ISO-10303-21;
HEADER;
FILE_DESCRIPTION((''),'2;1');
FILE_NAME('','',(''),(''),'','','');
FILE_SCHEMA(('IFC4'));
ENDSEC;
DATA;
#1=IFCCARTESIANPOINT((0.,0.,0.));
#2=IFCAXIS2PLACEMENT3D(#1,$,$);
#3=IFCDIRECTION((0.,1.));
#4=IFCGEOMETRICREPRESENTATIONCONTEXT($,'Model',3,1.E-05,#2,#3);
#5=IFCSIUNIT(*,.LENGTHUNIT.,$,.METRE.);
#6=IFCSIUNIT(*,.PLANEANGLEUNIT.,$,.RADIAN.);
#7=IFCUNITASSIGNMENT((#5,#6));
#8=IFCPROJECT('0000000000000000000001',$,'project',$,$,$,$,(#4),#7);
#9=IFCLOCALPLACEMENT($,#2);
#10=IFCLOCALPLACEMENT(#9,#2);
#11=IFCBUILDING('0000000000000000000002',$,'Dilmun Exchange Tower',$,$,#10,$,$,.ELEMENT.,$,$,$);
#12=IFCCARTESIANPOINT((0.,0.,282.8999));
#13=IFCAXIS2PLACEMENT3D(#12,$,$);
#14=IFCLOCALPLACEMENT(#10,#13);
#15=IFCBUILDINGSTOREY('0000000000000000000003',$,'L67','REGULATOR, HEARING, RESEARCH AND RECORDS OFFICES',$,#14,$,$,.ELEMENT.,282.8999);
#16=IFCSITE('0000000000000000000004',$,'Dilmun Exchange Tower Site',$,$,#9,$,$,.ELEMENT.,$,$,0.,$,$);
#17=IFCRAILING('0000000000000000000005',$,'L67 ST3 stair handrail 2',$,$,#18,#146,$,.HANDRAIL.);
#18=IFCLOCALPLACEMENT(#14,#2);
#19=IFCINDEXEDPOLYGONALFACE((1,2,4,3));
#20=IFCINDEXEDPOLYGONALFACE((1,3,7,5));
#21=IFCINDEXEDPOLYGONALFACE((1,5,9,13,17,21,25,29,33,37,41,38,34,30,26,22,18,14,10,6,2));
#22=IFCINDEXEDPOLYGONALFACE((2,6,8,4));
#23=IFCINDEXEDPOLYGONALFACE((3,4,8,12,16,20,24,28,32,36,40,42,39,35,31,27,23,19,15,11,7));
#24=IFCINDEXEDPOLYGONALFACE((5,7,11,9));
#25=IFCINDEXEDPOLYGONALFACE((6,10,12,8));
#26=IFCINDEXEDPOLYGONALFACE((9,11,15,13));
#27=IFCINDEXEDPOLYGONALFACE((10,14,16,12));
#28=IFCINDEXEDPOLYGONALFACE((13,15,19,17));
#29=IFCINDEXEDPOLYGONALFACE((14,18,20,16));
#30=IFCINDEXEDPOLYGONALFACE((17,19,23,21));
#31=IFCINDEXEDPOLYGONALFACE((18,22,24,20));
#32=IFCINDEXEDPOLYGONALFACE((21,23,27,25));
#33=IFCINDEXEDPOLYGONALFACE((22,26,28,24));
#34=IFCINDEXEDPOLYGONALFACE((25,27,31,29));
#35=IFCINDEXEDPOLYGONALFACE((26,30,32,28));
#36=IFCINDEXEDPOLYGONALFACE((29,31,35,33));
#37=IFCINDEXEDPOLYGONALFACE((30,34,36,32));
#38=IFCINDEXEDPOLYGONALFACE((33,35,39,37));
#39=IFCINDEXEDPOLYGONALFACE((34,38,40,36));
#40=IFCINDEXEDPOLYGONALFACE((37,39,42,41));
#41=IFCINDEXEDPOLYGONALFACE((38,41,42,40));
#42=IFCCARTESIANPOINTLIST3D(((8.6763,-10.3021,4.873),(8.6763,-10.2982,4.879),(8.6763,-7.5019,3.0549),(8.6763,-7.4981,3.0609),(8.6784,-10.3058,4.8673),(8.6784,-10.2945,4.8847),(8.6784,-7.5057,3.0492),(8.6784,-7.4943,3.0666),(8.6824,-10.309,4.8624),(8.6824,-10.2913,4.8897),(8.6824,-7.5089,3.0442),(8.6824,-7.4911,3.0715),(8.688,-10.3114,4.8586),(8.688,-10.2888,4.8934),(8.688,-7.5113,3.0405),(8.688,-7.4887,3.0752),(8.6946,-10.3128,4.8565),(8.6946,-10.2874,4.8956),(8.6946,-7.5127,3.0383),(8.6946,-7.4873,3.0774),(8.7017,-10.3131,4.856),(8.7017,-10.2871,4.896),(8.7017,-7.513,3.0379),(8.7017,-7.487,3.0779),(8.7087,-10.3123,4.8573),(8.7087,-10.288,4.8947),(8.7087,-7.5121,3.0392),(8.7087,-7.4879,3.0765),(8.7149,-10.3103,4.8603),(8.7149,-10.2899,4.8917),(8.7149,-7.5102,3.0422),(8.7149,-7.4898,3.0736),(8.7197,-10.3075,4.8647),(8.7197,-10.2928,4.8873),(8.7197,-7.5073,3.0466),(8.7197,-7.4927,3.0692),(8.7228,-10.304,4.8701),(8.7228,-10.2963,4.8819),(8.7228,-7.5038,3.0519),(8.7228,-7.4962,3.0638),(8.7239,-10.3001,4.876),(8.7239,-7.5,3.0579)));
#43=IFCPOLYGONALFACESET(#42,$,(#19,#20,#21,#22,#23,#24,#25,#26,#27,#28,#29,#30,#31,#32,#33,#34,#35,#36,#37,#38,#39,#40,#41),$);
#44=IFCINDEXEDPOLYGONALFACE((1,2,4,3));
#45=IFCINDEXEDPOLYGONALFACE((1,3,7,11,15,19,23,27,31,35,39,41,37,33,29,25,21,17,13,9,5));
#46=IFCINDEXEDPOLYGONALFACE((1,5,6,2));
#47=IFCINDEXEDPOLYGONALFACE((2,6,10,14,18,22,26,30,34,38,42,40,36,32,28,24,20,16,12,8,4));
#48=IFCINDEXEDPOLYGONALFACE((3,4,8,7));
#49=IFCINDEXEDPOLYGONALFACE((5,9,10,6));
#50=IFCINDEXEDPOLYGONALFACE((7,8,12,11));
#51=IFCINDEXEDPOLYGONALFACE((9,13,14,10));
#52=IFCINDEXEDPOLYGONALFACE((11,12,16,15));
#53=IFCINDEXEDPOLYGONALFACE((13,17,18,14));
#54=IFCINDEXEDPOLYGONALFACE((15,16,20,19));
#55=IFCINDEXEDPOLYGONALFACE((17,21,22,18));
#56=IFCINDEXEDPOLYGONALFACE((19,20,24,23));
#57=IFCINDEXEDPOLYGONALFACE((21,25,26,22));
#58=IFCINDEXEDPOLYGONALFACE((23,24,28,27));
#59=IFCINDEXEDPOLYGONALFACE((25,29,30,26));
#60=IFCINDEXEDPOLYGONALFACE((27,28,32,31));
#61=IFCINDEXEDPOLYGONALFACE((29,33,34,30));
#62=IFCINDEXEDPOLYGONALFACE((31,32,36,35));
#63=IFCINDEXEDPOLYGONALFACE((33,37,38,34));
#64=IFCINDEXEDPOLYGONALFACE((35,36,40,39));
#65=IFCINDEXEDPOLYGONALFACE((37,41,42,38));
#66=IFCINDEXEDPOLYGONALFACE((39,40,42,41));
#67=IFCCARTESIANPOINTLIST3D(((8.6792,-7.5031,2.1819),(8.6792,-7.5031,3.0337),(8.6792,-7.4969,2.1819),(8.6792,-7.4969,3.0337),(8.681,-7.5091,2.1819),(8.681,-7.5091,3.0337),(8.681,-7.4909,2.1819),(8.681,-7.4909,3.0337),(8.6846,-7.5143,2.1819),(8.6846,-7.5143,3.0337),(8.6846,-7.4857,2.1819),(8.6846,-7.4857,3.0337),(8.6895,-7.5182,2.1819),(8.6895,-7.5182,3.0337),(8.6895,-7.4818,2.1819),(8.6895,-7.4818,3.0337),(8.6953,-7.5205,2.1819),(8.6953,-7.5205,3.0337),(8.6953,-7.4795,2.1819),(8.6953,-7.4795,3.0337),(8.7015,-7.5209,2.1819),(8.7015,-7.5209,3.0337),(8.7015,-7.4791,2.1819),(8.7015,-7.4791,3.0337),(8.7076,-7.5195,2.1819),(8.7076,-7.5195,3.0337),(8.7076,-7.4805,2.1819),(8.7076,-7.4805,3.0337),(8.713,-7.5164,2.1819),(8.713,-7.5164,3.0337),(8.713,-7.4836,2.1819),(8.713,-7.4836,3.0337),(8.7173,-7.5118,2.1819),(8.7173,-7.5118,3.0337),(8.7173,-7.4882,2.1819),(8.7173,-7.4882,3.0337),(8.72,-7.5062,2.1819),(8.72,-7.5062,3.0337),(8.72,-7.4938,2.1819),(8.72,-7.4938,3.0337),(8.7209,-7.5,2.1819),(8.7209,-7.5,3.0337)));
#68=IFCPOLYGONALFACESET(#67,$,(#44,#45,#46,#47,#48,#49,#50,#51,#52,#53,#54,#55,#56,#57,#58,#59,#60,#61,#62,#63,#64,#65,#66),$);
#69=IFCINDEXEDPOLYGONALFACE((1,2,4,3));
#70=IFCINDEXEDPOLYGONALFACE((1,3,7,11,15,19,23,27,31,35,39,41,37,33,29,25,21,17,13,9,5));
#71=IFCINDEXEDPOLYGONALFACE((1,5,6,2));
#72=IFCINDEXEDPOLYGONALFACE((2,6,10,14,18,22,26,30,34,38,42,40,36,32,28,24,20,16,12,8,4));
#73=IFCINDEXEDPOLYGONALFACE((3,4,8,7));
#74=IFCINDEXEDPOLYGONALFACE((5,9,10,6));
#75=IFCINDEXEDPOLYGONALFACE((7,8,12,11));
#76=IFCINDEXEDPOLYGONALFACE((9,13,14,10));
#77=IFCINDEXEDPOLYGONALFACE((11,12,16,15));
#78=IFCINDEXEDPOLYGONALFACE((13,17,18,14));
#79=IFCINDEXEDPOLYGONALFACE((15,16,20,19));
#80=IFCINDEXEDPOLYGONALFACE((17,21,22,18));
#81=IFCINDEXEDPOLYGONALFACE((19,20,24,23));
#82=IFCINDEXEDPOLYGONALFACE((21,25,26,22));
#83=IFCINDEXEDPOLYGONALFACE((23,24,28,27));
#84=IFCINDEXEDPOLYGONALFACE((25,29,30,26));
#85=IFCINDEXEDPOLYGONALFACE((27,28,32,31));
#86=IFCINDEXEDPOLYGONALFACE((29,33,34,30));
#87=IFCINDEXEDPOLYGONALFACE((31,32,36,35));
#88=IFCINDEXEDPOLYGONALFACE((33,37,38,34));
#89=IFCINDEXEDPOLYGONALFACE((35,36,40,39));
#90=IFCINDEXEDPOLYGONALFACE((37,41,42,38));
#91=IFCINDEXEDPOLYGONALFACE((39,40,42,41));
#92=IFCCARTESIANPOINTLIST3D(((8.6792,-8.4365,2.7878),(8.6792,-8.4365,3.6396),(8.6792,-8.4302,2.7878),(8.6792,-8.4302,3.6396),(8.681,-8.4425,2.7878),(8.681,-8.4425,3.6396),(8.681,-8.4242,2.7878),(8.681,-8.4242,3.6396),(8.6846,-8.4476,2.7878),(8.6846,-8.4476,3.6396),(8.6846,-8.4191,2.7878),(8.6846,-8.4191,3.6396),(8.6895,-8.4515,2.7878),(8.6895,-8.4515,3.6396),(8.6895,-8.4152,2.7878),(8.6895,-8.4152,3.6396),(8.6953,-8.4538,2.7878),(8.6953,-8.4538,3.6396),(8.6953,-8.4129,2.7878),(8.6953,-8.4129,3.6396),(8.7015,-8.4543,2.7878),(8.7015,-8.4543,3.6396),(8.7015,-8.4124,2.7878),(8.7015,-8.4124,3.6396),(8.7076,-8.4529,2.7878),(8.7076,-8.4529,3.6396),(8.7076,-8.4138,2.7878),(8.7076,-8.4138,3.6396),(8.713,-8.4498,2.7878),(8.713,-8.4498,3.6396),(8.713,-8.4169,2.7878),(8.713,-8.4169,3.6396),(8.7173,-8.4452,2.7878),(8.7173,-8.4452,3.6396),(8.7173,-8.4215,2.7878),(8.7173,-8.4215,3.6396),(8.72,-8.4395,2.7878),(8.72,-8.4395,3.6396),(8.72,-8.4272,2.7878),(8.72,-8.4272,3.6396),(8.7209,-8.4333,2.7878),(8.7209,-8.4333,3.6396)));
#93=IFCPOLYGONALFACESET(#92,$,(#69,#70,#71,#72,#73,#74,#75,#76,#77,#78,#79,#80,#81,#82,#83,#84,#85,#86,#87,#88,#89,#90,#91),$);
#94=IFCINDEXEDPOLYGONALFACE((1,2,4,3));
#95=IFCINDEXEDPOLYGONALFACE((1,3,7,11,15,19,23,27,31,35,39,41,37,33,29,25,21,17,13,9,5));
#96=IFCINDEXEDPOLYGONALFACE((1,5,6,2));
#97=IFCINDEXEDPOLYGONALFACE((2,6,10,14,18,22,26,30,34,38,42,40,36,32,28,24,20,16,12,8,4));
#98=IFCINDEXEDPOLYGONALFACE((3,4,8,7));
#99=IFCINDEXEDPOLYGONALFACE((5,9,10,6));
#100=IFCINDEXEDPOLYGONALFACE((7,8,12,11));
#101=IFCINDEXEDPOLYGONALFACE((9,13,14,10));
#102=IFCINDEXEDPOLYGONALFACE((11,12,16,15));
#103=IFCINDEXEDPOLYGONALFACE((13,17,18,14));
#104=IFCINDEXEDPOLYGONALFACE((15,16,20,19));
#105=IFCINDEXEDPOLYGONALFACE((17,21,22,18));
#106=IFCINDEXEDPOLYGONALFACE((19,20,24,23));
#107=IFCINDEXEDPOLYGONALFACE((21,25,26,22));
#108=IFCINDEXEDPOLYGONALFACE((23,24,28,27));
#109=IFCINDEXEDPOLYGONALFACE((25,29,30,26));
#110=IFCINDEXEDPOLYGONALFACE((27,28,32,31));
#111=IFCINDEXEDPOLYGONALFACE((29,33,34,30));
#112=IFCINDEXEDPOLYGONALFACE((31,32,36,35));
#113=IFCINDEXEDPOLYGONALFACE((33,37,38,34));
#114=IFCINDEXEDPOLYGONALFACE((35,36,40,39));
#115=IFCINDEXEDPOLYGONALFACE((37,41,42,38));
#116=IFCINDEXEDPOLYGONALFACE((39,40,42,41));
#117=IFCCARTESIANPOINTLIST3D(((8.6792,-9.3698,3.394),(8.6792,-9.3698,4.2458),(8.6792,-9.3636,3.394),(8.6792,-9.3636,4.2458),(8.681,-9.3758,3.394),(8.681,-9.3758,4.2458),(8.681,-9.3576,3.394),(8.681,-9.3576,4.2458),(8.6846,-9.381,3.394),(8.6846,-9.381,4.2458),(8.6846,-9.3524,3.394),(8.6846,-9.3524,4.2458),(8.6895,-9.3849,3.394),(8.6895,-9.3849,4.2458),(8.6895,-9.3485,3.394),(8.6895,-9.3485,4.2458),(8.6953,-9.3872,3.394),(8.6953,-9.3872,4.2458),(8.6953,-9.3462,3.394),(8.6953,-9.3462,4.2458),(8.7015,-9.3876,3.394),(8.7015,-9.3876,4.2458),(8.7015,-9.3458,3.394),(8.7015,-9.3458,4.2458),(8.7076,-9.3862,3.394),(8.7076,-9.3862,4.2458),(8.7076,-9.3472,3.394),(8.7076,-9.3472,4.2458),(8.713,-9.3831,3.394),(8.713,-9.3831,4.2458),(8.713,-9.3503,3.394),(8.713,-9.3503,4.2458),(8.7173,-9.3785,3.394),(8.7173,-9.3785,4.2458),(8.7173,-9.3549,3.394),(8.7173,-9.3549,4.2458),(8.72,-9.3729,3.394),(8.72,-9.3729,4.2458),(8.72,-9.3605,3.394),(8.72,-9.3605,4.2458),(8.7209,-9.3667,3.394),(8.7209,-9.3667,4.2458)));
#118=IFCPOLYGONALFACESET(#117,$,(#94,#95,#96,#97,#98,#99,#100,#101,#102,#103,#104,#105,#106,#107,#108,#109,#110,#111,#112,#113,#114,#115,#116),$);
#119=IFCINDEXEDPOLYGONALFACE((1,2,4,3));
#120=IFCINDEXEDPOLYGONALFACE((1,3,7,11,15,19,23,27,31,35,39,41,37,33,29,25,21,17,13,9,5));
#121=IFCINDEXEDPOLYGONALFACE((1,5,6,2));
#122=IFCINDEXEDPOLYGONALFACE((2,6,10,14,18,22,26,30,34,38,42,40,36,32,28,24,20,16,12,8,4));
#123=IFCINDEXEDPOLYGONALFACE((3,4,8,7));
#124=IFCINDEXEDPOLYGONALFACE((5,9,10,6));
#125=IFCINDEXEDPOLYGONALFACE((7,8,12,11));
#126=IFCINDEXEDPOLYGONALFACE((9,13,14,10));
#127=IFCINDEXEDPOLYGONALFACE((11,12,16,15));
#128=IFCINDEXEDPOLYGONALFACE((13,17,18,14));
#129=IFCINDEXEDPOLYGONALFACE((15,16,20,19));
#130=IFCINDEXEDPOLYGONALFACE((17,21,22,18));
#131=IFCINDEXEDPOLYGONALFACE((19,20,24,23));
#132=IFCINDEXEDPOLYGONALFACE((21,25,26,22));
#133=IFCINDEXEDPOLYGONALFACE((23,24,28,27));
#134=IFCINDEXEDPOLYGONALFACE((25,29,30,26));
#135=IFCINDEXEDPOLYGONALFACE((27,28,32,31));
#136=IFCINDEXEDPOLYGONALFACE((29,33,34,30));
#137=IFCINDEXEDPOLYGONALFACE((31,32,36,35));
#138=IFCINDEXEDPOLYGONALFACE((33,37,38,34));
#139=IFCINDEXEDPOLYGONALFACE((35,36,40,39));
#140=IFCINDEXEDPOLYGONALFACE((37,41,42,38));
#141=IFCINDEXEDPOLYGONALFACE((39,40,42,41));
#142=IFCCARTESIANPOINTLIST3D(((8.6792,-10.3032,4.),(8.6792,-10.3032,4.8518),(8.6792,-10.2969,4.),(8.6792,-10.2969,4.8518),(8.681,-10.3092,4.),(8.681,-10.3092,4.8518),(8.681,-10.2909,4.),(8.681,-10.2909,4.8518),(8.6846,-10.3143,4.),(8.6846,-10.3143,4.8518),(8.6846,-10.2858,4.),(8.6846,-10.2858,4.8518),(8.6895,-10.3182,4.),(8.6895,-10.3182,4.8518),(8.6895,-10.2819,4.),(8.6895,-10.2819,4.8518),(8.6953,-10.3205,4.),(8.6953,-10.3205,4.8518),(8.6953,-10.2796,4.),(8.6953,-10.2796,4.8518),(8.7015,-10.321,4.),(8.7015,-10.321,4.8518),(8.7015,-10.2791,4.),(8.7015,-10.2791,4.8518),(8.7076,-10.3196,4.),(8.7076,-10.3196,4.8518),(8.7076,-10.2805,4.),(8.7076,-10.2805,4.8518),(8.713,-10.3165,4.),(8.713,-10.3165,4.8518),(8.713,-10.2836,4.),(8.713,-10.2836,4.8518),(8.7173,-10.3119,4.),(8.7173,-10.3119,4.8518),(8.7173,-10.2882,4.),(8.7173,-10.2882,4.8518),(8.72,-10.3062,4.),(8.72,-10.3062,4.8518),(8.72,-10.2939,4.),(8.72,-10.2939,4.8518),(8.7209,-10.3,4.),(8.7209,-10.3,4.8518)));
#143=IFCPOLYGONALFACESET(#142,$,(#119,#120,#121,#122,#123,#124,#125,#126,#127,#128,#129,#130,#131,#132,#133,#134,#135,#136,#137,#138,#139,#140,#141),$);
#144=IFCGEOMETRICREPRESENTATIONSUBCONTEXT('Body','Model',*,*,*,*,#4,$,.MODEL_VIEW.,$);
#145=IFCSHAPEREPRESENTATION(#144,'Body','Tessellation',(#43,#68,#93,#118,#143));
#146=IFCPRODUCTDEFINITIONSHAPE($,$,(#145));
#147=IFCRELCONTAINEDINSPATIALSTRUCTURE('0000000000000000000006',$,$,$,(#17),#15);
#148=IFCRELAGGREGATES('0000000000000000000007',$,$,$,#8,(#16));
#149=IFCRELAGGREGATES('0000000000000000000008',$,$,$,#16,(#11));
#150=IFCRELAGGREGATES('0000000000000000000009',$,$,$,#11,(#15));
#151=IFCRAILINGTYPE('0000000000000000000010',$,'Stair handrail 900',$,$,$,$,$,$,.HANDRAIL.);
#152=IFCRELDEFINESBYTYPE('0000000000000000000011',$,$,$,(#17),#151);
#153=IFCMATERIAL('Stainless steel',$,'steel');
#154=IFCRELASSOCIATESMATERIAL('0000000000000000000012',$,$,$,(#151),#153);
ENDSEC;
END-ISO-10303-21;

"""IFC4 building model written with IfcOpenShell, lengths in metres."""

from ifc_helpers import new_model, si_unit, direction, frame, origin, origin_2d, place, context, subcontext, project, spatial, circle, extrude, material, type_object, element, save


model = new_model("IFC4")

# Units and contexts
model_context = context("Model", 3, precision=1e-05, world=origin(), true_north=direction((0.0, 1.0)))
body_context = subcontext(model_context, "Body", "Model", "MODEL_VIEW")
ifc_project = project(units=[si_unit("LENGTHUNIT", "METRE"), si_unit("PLANEANGLEUNIT", "RADIAN")], contexts=[model_context])

# Site, building, storey
site_placement = place(None, origin())
site = spatial("IfcSite", under=ifc_project, at=site_placement, Name="Dilmun Exchange Tower Site", CompositionType="ELEMENT", RefElevation=0.0)
building_placement = place(site_placement, origin())
building = spatial("IfcBuilding", under=site, at=building_placement, Name="Dilmun Exchange Tower", CompositionType="ELEMENT")
storey_placement = place(building_placement, frame((0.0, 0.0, 282.8999)))
storey = spatial("IfcBuildingStorey", under=building, at=storey_placement, Name="L67", Description="REGULATOR, HEARING, RESEARCH AND RECORDS OFFICES", CompositionType="ELEMENT", Elevation=282.8999)

# Railing
ifc_material_1 = material(Name="Stainless steel", Category="steel")
railing_type = type_object("IfcRailingType", Name="Stair handrail 900", PredefinedType="HANDRAIL", material=ifc_material_1)
railing_1_placement = place(storey_placement, frame((8.7, -7.5, 2.1819)))
element("IfcRailing", 1, at=railing_1_placement, inside=storey, type_object=railing_type, Name="L67 ST3 stair handrail 2", PredefinedType="HANDRAIL", context=body_context, shape_type="SweptSolid", body=[
    extrude(circle(Radius=0.0239, at=origin_2d()), frame((0.0, 0.0, 0.876), z_axis=(0.0, -0.838706, 0.544585), x_axis=(1.0, 0.0, 0.0)), (0.0, 0.0, 1.0), 3.3386),
    extrude(circle(Radius=0.021, at=origin_2d()), origin(), (0.0, 0.0, 1.0), 0.8518),
    extrude(circle(Radius=0.021, at=origin_2d()), frame((0.0, -0.9333, 0.606)), (0.0, 0.0, 1.0), 0.8518),
    extrude(circle(Radius=0.021, at=origin_2d()), frame((0.0, -1.8667, 1.2122)), (0.0, 0.0, 1.0), 0.8518),
    extrude(circle(Radius=0.021, at=origin_2d()), frame((0.0, -2.8, 1.8181)), (0.0, 0.0, 1.0), 0.8518),
])

save(model, "model.ifc")
